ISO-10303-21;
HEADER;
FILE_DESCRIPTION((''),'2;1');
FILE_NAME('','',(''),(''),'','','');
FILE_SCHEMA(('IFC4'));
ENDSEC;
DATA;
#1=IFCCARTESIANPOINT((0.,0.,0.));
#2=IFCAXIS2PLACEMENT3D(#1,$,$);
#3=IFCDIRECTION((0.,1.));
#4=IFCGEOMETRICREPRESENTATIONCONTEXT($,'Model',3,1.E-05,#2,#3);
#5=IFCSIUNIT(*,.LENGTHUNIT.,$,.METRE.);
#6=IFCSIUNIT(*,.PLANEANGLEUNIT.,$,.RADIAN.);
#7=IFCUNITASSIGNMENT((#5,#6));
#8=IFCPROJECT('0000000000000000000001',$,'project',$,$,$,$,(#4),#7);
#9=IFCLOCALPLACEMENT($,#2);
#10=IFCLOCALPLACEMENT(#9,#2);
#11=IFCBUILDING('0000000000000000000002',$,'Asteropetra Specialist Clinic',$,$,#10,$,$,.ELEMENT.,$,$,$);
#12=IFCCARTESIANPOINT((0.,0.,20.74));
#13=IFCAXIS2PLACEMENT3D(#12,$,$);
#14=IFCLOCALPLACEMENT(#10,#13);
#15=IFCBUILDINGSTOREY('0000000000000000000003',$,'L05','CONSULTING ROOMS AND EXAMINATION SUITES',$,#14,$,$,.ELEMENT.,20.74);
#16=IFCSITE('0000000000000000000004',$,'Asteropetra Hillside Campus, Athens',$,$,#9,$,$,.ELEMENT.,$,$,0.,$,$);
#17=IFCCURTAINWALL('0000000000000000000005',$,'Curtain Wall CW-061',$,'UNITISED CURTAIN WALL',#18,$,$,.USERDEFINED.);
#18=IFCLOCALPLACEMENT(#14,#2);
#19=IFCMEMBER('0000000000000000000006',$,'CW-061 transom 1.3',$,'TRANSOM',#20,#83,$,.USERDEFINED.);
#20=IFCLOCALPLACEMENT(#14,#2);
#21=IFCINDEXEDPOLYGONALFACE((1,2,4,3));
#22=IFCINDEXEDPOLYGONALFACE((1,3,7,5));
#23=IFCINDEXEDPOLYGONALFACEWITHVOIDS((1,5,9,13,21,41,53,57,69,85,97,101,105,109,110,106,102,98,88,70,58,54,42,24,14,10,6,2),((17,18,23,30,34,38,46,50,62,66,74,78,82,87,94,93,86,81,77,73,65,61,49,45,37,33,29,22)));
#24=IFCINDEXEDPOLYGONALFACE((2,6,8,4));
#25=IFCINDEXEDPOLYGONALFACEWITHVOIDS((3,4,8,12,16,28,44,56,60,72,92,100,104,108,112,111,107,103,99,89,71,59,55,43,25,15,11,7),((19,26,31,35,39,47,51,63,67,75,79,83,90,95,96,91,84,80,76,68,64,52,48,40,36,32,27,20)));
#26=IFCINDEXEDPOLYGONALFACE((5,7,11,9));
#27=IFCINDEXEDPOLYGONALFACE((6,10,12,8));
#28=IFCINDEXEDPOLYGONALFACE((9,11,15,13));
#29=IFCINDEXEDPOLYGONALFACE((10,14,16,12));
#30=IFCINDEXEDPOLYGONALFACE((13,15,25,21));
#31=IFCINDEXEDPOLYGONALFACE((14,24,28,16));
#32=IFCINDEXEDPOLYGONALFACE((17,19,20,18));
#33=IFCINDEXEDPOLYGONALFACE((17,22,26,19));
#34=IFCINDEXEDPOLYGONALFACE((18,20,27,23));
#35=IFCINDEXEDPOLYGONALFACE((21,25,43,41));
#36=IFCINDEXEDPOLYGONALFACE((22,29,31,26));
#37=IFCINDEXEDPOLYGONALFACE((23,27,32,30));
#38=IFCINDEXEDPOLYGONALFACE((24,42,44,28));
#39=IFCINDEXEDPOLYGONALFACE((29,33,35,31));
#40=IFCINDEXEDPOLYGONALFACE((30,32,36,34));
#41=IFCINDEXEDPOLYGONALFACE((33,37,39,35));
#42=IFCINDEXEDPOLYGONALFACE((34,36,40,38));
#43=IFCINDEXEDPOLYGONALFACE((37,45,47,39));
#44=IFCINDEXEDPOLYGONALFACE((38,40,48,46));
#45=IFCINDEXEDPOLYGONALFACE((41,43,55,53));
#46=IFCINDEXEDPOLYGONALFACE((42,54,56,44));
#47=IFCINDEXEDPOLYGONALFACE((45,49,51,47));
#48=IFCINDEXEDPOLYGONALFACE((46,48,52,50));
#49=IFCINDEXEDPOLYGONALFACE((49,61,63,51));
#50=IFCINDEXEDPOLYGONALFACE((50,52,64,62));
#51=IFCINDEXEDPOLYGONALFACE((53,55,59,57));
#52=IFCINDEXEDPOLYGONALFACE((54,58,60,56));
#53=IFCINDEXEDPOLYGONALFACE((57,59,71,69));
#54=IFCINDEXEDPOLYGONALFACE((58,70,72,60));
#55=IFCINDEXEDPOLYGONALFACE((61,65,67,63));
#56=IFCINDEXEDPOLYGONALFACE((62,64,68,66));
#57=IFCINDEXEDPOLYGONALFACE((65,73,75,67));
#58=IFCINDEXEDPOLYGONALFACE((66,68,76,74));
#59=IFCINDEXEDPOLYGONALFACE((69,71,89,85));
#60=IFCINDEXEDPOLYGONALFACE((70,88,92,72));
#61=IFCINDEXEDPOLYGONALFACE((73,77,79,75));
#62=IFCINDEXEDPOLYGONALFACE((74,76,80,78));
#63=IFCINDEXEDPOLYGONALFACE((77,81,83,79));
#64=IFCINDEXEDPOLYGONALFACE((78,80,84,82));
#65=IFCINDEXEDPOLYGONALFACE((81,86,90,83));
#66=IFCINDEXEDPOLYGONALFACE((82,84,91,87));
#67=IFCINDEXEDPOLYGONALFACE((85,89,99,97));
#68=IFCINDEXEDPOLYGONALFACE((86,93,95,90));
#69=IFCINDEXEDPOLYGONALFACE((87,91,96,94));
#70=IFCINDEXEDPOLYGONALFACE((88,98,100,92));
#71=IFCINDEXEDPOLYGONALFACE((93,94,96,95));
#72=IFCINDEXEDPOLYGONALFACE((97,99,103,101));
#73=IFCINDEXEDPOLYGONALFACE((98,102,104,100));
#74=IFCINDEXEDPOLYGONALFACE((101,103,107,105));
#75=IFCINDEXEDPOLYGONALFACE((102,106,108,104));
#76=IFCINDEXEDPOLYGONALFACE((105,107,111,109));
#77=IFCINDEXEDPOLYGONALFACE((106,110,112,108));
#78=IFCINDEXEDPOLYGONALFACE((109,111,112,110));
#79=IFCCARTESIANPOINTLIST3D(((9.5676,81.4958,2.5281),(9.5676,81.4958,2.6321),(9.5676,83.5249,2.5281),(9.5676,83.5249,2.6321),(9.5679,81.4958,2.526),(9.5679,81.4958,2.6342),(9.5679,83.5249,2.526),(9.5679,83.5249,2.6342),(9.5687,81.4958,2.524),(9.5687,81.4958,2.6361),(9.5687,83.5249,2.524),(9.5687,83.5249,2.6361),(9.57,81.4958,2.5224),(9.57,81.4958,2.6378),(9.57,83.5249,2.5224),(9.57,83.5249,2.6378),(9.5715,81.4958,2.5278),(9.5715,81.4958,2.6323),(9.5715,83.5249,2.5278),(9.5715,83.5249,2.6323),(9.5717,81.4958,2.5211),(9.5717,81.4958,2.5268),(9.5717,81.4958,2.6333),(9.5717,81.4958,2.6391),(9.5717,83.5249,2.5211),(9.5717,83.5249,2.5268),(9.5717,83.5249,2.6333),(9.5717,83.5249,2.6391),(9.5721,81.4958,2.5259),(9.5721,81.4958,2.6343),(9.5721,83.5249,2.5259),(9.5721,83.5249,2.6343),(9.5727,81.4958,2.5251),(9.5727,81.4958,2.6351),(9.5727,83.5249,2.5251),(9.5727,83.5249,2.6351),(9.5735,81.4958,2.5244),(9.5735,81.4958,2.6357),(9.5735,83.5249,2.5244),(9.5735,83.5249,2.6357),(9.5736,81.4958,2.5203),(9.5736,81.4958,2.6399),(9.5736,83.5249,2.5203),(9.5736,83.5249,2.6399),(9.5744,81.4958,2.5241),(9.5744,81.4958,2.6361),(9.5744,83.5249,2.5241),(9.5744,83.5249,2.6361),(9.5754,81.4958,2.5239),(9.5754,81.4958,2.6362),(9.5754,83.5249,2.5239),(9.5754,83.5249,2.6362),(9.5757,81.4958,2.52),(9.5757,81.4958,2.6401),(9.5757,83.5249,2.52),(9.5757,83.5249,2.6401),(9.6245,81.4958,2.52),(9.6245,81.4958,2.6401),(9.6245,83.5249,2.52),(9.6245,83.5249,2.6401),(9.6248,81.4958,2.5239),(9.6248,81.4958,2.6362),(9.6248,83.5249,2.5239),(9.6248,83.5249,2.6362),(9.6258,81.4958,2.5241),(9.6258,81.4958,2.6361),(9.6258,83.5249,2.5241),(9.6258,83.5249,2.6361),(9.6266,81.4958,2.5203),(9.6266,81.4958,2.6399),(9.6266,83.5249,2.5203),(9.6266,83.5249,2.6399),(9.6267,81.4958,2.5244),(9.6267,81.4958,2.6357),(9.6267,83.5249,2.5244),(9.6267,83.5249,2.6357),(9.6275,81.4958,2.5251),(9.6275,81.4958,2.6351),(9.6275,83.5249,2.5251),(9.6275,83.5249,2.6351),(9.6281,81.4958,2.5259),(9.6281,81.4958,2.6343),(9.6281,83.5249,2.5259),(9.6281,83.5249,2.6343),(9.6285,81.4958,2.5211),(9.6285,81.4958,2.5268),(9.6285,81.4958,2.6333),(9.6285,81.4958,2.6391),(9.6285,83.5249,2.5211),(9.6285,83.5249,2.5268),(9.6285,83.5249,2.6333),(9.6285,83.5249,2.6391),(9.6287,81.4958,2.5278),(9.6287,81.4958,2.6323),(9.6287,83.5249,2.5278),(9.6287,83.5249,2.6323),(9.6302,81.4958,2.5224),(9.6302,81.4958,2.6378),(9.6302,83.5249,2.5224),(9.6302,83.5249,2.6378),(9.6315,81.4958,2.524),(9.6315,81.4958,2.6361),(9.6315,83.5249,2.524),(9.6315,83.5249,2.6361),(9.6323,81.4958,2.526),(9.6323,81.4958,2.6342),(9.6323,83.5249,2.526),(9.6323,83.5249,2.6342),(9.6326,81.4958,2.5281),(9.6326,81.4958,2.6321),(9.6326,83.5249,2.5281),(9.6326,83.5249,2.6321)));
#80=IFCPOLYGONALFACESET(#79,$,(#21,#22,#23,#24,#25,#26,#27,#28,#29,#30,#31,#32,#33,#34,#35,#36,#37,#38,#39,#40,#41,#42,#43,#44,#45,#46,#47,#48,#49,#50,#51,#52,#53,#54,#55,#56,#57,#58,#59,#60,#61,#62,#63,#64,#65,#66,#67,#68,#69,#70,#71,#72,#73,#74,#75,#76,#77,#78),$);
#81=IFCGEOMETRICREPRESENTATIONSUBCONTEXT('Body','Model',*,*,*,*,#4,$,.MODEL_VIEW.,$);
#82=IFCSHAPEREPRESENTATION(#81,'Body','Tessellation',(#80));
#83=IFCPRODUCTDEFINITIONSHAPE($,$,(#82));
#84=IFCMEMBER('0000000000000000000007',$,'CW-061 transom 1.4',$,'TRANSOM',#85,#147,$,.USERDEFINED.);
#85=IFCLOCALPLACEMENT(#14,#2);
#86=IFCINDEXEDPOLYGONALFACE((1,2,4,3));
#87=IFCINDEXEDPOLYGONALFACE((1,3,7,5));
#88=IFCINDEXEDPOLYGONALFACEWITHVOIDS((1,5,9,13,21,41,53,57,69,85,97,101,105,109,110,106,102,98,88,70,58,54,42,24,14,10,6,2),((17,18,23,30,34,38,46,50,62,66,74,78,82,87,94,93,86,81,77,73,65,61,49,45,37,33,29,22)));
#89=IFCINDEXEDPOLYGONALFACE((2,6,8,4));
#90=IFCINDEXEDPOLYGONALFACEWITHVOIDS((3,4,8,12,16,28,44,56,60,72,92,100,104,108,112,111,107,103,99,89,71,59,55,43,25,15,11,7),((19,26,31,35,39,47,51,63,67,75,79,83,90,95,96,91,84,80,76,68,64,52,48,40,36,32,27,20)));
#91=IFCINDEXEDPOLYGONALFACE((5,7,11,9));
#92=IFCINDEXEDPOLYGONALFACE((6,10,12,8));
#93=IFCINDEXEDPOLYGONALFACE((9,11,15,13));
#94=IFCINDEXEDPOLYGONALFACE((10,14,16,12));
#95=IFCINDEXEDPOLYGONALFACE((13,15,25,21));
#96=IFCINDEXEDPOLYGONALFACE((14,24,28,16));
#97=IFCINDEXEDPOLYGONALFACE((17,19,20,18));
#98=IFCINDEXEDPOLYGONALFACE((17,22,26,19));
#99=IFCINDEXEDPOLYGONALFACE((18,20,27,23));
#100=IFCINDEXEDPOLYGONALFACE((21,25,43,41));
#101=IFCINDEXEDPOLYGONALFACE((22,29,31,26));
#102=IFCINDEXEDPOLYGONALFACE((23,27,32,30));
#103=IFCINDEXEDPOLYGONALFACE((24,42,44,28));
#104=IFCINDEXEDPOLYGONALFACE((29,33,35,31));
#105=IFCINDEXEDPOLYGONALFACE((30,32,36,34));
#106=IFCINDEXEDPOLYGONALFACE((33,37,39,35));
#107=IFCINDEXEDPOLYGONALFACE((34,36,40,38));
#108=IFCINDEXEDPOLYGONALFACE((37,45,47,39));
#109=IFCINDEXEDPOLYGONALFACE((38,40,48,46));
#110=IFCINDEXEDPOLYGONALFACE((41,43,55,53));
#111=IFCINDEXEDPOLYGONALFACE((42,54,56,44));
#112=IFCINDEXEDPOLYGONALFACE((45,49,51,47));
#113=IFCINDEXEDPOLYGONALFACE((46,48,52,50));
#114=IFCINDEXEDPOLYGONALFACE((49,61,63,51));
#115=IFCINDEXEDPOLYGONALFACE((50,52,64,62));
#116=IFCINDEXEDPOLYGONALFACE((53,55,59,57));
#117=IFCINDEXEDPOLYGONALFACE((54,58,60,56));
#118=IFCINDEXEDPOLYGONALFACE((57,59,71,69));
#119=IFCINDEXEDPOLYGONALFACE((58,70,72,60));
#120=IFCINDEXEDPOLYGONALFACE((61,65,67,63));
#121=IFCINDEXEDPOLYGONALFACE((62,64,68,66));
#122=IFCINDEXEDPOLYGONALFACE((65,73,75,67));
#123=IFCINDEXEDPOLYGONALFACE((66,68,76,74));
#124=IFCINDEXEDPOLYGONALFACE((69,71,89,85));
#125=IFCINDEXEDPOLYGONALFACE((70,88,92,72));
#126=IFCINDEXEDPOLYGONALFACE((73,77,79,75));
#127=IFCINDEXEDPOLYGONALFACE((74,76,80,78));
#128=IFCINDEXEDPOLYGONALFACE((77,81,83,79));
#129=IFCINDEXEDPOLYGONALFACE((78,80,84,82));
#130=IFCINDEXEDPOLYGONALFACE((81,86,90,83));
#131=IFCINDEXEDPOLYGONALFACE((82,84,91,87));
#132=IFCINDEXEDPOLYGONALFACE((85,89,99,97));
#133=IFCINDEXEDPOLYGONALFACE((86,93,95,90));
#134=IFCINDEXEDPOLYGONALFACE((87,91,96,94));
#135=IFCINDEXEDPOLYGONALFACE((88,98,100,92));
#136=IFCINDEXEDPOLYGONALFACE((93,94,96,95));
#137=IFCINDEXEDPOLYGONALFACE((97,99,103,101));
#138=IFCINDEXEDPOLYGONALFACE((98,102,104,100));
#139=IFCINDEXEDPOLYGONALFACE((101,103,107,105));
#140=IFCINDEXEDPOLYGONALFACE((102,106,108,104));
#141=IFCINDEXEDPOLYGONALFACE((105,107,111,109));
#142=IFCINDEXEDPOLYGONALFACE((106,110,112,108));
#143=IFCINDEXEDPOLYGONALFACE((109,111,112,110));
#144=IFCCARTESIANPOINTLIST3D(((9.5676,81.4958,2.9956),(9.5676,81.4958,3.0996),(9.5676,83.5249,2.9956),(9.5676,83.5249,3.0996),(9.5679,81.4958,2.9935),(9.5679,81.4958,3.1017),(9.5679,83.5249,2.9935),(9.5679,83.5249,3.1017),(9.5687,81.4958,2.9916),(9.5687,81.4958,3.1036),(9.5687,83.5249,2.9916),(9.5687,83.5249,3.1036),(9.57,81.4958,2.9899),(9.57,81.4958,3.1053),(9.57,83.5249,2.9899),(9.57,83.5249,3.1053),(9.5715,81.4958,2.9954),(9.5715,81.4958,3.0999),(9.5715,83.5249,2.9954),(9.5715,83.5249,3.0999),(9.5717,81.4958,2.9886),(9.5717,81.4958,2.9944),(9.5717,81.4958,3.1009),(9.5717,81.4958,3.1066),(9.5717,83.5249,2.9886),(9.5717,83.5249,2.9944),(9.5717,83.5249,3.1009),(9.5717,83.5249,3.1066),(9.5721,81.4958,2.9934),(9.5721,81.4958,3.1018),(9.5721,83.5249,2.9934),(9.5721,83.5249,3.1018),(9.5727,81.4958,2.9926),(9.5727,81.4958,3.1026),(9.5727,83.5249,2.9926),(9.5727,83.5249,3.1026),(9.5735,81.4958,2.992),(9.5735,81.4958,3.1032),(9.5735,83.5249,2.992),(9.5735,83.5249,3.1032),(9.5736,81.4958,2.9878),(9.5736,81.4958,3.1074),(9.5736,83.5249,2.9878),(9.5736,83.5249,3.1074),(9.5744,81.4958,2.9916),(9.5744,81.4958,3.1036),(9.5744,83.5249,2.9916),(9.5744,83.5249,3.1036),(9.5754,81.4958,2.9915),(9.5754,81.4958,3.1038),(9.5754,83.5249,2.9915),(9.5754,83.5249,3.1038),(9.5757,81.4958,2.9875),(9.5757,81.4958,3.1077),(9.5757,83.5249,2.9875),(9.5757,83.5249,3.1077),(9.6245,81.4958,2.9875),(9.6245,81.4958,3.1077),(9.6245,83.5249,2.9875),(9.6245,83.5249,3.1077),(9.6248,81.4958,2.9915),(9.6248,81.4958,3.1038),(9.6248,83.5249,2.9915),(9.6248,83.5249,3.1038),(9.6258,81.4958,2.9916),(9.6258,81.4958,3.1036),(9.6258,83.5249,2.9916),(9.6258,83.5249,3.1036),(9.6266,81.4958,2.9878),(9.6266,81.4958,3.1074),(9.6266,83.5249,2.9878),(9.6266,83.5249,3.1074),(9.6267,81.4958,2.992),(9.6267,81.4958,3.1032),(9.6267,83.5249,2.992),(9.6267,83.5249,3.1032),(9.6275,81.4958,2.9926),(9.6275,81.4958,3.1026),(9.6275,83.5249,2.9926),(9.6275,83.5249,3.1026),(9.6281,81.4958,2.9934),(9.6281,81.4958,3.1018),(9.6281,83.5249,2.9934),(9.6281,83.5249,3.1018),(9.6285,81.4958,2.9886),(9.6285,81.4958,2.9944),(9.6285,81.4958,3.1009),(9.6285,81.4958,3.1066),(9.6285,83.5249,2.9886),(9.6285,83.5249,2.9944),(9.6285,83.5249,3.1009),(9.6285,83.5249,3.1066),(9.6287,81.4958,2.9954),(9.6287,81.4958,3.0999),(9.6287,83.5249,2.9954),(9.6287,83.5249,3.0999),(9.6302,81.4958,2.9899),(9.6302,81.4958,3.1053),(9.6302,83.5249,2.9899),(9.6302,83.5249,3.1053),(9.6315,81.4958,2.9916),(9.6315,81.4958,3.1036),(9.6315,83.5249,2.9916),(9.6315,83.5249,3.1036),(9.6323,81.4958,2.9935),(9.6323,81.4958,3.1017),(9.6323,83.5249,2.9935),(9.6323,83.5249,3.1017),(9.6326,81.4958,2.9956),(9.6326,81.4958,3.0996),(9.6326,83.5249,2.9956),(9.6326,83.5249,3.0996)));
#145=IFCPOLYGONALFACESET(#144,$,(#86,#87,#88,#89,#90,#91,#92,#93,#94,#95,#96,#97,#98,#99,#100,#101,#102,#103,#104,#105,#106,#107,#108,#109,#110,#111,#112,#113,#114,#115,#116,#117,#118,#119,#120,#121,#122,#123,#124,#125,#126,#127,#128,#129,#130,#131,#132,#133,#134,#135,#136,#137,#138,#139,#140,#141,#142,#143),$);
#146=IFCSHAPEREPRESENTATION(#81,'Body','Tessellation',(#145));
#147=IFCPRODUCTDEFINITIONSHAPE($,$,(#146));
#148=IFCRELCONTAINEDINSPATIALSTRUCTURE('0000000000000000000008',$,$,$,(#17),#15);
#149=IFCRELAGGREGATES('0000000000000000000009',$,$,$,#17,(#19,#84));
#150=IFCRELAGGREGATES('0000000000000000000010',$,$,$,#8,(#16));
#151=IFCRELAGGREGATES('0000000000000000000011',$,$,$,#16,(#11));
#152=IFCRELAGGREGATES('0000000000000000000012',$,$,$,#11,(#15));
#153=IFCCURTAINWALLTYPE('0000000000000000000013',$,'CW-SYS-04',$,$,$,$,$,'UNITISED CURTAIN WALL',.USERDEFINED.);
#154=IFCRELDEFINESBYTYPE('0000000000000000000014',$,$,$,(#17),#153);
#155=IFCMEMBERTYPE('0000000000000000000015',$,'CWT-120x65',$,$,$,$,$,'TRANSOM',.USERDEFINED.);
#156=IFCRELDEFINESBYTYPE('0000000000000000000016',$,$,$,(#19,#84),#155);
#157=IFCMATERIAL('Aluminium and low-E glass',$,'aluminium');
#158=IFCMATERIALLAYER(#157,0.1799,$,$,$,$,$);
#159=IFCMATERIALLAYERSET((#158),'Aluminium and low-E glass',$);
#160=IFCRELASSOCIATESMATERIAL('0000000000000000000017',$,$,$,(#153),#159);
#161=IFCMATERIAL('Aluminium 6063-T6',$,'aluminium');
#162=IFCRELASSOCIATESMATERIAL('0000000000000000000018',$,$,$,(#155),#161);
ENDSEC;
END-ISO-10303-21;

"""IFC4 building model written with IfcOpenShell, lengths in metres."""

from ifc_helpers import new_model, si_unit, direction, frame, origin, origin_2d, place, context, subcontext, project, spatial, hollow_rectangle, extrude, material, layer, layer_set, material_profile, profile_set, type_object, element, aggregate, save


model = new_model("IFC4")

# Units and contexts
model_context = context("Model", 3, precision=1e-05, world=origin(), true_north=direction((0.0, 1.0)))
body_context = subcontext(model_context, "Body", "Model", "MODEL_VIEW")
ifc_project = project(units=[si_unit("LENGTHUNIT", "METRE"), si_unit("PLANEANGLEUNIT", "RADIAN")], contexts=[model_context])

# Site, building, storey
site_placement = place(None, origin())
site = spatial("IfcSite", under=ifc_project, at=site_placement, Name="Asteropetra Hillside Campus, Athens", CompositionType="ELEMENT", RefElevation=0.0)
building_placement = place(site_placement, origin())
building = spatial("IfcBuilding", under=site, at=building_placement, Name="Asteropetra Specialist Clinic", CompositionType="ELEMENT")
storey_placement = place(building_placement, frame((0.0, 0.0, 20.74)))
storey = spatial("IfcBuildingStorey", under=building, at=storey_placement, Name="L05", Description="CONSULTING ROOMS AND EXAMINATION SUITES", CompositionType="ELEMENT", Elevation=20.74)

# Curtain wall
ifc_material_1 = material(Name="Aluminium and low-E glass", Category="aluminium")
ifc_layer_1 = layer(ifc_material_1, 0.1799)
ifc_layer_set_1 = layer_set([ifc_layer_1], Name="Aluminium and low-E glass")
curtain_wall_type_1 = type_object("IfcCurtainWallType", Name="CW-SYS-04", ElementType="UNITISED CURTAIN WALL", PredefinedType="USERDEFINED", material=ifc_layer_set_1)
curtain_wall_1_placement = place(storey_placement, origin())
curtain_wall_1 = element("IfcCurtainWall", 1, at=curtain_wall_1_placement, inside=storey, type_object=curtain_wall_type_1, Name="Curtain Wall CW-061", ObjectType="UNITISED CURTAIN WALL", PredefinedType="USERDEFINED")

# Members
ifc_material_2 = material(Name="Aluminium 6063-T6", Category="aluminium")
ifc_material_profile_1 = material_profile(ifc_material_2, hollow_rectangle(XDim=0.0649, YDim=0.1201, WallThickness=0.0039, InnerFilletRadius=0.0039, OuterFilletRadius=0.0081, at=origin_2d()), Name="TRN 120x65x4.0")
ifc_profile_set_1 = profile_set([ifc_material_profile_1], Name="Aluminium 6063-T6")
member_type_1 = type_object("IfcMemberType", Name="CWT-120x65", ElementType="TRANSOM", PredefinedType="USERDEFINED", material=ifc_profile_set_1)
member_1_placement = place(storey_placement, frame((9.6001, 83.5249, 2.5801), z_axis=(0.0, -1.0, 0.0), x_axis=(1.0, 0.0, 0.0)))
member_1 = element("IfcMember", 2, at=member_1_placement, type_object=member_type_1, Name="CW-061 transom 1.3", ObjectType="TRANSOM", PredefinedType="USERDEFINED", context=body_context, shape_type="SweptSolid", body=[
    extrude(hollow_rectangle(XDim=0.0649, YDim=0.1201, WallThickness=0.0039, InnerFilletRadius=0.0039, OuterFilletRadius=0.0081, at=origin_2d()), origin(), (0.0, 0.0, 1.0), 2.0291),
])
member_2_placement = place(storey_placement, frame((9.6001, 83.5249, 3.0476), z_axis=(0.0, -1.0, 0.0), x_axis=(1.0, 0.0, 0.0)))
member_2 = element("IfcMember", 3, at=member_2_placement, type_object=member_type_1, Name="CW-061 transom 1.4", ObjectType="TRANSOM", PredefinedType="USERDEFINED", context=body_context, shape_type="SweptSolid", body=[
    extrude(hollow_rectangle(XDim=0.0649, YDim=0.1201, WallThickness=0.0039, InnerFilletRadius=0.0039, OuterFilletRadius=0.0081, at=origin_2d()), origin(), (0.0, 0.0, 1.0), 2.0291),
])

aggregate(curtain_wall_1, [member_1, member_2])

save(model, "model.ifc")
